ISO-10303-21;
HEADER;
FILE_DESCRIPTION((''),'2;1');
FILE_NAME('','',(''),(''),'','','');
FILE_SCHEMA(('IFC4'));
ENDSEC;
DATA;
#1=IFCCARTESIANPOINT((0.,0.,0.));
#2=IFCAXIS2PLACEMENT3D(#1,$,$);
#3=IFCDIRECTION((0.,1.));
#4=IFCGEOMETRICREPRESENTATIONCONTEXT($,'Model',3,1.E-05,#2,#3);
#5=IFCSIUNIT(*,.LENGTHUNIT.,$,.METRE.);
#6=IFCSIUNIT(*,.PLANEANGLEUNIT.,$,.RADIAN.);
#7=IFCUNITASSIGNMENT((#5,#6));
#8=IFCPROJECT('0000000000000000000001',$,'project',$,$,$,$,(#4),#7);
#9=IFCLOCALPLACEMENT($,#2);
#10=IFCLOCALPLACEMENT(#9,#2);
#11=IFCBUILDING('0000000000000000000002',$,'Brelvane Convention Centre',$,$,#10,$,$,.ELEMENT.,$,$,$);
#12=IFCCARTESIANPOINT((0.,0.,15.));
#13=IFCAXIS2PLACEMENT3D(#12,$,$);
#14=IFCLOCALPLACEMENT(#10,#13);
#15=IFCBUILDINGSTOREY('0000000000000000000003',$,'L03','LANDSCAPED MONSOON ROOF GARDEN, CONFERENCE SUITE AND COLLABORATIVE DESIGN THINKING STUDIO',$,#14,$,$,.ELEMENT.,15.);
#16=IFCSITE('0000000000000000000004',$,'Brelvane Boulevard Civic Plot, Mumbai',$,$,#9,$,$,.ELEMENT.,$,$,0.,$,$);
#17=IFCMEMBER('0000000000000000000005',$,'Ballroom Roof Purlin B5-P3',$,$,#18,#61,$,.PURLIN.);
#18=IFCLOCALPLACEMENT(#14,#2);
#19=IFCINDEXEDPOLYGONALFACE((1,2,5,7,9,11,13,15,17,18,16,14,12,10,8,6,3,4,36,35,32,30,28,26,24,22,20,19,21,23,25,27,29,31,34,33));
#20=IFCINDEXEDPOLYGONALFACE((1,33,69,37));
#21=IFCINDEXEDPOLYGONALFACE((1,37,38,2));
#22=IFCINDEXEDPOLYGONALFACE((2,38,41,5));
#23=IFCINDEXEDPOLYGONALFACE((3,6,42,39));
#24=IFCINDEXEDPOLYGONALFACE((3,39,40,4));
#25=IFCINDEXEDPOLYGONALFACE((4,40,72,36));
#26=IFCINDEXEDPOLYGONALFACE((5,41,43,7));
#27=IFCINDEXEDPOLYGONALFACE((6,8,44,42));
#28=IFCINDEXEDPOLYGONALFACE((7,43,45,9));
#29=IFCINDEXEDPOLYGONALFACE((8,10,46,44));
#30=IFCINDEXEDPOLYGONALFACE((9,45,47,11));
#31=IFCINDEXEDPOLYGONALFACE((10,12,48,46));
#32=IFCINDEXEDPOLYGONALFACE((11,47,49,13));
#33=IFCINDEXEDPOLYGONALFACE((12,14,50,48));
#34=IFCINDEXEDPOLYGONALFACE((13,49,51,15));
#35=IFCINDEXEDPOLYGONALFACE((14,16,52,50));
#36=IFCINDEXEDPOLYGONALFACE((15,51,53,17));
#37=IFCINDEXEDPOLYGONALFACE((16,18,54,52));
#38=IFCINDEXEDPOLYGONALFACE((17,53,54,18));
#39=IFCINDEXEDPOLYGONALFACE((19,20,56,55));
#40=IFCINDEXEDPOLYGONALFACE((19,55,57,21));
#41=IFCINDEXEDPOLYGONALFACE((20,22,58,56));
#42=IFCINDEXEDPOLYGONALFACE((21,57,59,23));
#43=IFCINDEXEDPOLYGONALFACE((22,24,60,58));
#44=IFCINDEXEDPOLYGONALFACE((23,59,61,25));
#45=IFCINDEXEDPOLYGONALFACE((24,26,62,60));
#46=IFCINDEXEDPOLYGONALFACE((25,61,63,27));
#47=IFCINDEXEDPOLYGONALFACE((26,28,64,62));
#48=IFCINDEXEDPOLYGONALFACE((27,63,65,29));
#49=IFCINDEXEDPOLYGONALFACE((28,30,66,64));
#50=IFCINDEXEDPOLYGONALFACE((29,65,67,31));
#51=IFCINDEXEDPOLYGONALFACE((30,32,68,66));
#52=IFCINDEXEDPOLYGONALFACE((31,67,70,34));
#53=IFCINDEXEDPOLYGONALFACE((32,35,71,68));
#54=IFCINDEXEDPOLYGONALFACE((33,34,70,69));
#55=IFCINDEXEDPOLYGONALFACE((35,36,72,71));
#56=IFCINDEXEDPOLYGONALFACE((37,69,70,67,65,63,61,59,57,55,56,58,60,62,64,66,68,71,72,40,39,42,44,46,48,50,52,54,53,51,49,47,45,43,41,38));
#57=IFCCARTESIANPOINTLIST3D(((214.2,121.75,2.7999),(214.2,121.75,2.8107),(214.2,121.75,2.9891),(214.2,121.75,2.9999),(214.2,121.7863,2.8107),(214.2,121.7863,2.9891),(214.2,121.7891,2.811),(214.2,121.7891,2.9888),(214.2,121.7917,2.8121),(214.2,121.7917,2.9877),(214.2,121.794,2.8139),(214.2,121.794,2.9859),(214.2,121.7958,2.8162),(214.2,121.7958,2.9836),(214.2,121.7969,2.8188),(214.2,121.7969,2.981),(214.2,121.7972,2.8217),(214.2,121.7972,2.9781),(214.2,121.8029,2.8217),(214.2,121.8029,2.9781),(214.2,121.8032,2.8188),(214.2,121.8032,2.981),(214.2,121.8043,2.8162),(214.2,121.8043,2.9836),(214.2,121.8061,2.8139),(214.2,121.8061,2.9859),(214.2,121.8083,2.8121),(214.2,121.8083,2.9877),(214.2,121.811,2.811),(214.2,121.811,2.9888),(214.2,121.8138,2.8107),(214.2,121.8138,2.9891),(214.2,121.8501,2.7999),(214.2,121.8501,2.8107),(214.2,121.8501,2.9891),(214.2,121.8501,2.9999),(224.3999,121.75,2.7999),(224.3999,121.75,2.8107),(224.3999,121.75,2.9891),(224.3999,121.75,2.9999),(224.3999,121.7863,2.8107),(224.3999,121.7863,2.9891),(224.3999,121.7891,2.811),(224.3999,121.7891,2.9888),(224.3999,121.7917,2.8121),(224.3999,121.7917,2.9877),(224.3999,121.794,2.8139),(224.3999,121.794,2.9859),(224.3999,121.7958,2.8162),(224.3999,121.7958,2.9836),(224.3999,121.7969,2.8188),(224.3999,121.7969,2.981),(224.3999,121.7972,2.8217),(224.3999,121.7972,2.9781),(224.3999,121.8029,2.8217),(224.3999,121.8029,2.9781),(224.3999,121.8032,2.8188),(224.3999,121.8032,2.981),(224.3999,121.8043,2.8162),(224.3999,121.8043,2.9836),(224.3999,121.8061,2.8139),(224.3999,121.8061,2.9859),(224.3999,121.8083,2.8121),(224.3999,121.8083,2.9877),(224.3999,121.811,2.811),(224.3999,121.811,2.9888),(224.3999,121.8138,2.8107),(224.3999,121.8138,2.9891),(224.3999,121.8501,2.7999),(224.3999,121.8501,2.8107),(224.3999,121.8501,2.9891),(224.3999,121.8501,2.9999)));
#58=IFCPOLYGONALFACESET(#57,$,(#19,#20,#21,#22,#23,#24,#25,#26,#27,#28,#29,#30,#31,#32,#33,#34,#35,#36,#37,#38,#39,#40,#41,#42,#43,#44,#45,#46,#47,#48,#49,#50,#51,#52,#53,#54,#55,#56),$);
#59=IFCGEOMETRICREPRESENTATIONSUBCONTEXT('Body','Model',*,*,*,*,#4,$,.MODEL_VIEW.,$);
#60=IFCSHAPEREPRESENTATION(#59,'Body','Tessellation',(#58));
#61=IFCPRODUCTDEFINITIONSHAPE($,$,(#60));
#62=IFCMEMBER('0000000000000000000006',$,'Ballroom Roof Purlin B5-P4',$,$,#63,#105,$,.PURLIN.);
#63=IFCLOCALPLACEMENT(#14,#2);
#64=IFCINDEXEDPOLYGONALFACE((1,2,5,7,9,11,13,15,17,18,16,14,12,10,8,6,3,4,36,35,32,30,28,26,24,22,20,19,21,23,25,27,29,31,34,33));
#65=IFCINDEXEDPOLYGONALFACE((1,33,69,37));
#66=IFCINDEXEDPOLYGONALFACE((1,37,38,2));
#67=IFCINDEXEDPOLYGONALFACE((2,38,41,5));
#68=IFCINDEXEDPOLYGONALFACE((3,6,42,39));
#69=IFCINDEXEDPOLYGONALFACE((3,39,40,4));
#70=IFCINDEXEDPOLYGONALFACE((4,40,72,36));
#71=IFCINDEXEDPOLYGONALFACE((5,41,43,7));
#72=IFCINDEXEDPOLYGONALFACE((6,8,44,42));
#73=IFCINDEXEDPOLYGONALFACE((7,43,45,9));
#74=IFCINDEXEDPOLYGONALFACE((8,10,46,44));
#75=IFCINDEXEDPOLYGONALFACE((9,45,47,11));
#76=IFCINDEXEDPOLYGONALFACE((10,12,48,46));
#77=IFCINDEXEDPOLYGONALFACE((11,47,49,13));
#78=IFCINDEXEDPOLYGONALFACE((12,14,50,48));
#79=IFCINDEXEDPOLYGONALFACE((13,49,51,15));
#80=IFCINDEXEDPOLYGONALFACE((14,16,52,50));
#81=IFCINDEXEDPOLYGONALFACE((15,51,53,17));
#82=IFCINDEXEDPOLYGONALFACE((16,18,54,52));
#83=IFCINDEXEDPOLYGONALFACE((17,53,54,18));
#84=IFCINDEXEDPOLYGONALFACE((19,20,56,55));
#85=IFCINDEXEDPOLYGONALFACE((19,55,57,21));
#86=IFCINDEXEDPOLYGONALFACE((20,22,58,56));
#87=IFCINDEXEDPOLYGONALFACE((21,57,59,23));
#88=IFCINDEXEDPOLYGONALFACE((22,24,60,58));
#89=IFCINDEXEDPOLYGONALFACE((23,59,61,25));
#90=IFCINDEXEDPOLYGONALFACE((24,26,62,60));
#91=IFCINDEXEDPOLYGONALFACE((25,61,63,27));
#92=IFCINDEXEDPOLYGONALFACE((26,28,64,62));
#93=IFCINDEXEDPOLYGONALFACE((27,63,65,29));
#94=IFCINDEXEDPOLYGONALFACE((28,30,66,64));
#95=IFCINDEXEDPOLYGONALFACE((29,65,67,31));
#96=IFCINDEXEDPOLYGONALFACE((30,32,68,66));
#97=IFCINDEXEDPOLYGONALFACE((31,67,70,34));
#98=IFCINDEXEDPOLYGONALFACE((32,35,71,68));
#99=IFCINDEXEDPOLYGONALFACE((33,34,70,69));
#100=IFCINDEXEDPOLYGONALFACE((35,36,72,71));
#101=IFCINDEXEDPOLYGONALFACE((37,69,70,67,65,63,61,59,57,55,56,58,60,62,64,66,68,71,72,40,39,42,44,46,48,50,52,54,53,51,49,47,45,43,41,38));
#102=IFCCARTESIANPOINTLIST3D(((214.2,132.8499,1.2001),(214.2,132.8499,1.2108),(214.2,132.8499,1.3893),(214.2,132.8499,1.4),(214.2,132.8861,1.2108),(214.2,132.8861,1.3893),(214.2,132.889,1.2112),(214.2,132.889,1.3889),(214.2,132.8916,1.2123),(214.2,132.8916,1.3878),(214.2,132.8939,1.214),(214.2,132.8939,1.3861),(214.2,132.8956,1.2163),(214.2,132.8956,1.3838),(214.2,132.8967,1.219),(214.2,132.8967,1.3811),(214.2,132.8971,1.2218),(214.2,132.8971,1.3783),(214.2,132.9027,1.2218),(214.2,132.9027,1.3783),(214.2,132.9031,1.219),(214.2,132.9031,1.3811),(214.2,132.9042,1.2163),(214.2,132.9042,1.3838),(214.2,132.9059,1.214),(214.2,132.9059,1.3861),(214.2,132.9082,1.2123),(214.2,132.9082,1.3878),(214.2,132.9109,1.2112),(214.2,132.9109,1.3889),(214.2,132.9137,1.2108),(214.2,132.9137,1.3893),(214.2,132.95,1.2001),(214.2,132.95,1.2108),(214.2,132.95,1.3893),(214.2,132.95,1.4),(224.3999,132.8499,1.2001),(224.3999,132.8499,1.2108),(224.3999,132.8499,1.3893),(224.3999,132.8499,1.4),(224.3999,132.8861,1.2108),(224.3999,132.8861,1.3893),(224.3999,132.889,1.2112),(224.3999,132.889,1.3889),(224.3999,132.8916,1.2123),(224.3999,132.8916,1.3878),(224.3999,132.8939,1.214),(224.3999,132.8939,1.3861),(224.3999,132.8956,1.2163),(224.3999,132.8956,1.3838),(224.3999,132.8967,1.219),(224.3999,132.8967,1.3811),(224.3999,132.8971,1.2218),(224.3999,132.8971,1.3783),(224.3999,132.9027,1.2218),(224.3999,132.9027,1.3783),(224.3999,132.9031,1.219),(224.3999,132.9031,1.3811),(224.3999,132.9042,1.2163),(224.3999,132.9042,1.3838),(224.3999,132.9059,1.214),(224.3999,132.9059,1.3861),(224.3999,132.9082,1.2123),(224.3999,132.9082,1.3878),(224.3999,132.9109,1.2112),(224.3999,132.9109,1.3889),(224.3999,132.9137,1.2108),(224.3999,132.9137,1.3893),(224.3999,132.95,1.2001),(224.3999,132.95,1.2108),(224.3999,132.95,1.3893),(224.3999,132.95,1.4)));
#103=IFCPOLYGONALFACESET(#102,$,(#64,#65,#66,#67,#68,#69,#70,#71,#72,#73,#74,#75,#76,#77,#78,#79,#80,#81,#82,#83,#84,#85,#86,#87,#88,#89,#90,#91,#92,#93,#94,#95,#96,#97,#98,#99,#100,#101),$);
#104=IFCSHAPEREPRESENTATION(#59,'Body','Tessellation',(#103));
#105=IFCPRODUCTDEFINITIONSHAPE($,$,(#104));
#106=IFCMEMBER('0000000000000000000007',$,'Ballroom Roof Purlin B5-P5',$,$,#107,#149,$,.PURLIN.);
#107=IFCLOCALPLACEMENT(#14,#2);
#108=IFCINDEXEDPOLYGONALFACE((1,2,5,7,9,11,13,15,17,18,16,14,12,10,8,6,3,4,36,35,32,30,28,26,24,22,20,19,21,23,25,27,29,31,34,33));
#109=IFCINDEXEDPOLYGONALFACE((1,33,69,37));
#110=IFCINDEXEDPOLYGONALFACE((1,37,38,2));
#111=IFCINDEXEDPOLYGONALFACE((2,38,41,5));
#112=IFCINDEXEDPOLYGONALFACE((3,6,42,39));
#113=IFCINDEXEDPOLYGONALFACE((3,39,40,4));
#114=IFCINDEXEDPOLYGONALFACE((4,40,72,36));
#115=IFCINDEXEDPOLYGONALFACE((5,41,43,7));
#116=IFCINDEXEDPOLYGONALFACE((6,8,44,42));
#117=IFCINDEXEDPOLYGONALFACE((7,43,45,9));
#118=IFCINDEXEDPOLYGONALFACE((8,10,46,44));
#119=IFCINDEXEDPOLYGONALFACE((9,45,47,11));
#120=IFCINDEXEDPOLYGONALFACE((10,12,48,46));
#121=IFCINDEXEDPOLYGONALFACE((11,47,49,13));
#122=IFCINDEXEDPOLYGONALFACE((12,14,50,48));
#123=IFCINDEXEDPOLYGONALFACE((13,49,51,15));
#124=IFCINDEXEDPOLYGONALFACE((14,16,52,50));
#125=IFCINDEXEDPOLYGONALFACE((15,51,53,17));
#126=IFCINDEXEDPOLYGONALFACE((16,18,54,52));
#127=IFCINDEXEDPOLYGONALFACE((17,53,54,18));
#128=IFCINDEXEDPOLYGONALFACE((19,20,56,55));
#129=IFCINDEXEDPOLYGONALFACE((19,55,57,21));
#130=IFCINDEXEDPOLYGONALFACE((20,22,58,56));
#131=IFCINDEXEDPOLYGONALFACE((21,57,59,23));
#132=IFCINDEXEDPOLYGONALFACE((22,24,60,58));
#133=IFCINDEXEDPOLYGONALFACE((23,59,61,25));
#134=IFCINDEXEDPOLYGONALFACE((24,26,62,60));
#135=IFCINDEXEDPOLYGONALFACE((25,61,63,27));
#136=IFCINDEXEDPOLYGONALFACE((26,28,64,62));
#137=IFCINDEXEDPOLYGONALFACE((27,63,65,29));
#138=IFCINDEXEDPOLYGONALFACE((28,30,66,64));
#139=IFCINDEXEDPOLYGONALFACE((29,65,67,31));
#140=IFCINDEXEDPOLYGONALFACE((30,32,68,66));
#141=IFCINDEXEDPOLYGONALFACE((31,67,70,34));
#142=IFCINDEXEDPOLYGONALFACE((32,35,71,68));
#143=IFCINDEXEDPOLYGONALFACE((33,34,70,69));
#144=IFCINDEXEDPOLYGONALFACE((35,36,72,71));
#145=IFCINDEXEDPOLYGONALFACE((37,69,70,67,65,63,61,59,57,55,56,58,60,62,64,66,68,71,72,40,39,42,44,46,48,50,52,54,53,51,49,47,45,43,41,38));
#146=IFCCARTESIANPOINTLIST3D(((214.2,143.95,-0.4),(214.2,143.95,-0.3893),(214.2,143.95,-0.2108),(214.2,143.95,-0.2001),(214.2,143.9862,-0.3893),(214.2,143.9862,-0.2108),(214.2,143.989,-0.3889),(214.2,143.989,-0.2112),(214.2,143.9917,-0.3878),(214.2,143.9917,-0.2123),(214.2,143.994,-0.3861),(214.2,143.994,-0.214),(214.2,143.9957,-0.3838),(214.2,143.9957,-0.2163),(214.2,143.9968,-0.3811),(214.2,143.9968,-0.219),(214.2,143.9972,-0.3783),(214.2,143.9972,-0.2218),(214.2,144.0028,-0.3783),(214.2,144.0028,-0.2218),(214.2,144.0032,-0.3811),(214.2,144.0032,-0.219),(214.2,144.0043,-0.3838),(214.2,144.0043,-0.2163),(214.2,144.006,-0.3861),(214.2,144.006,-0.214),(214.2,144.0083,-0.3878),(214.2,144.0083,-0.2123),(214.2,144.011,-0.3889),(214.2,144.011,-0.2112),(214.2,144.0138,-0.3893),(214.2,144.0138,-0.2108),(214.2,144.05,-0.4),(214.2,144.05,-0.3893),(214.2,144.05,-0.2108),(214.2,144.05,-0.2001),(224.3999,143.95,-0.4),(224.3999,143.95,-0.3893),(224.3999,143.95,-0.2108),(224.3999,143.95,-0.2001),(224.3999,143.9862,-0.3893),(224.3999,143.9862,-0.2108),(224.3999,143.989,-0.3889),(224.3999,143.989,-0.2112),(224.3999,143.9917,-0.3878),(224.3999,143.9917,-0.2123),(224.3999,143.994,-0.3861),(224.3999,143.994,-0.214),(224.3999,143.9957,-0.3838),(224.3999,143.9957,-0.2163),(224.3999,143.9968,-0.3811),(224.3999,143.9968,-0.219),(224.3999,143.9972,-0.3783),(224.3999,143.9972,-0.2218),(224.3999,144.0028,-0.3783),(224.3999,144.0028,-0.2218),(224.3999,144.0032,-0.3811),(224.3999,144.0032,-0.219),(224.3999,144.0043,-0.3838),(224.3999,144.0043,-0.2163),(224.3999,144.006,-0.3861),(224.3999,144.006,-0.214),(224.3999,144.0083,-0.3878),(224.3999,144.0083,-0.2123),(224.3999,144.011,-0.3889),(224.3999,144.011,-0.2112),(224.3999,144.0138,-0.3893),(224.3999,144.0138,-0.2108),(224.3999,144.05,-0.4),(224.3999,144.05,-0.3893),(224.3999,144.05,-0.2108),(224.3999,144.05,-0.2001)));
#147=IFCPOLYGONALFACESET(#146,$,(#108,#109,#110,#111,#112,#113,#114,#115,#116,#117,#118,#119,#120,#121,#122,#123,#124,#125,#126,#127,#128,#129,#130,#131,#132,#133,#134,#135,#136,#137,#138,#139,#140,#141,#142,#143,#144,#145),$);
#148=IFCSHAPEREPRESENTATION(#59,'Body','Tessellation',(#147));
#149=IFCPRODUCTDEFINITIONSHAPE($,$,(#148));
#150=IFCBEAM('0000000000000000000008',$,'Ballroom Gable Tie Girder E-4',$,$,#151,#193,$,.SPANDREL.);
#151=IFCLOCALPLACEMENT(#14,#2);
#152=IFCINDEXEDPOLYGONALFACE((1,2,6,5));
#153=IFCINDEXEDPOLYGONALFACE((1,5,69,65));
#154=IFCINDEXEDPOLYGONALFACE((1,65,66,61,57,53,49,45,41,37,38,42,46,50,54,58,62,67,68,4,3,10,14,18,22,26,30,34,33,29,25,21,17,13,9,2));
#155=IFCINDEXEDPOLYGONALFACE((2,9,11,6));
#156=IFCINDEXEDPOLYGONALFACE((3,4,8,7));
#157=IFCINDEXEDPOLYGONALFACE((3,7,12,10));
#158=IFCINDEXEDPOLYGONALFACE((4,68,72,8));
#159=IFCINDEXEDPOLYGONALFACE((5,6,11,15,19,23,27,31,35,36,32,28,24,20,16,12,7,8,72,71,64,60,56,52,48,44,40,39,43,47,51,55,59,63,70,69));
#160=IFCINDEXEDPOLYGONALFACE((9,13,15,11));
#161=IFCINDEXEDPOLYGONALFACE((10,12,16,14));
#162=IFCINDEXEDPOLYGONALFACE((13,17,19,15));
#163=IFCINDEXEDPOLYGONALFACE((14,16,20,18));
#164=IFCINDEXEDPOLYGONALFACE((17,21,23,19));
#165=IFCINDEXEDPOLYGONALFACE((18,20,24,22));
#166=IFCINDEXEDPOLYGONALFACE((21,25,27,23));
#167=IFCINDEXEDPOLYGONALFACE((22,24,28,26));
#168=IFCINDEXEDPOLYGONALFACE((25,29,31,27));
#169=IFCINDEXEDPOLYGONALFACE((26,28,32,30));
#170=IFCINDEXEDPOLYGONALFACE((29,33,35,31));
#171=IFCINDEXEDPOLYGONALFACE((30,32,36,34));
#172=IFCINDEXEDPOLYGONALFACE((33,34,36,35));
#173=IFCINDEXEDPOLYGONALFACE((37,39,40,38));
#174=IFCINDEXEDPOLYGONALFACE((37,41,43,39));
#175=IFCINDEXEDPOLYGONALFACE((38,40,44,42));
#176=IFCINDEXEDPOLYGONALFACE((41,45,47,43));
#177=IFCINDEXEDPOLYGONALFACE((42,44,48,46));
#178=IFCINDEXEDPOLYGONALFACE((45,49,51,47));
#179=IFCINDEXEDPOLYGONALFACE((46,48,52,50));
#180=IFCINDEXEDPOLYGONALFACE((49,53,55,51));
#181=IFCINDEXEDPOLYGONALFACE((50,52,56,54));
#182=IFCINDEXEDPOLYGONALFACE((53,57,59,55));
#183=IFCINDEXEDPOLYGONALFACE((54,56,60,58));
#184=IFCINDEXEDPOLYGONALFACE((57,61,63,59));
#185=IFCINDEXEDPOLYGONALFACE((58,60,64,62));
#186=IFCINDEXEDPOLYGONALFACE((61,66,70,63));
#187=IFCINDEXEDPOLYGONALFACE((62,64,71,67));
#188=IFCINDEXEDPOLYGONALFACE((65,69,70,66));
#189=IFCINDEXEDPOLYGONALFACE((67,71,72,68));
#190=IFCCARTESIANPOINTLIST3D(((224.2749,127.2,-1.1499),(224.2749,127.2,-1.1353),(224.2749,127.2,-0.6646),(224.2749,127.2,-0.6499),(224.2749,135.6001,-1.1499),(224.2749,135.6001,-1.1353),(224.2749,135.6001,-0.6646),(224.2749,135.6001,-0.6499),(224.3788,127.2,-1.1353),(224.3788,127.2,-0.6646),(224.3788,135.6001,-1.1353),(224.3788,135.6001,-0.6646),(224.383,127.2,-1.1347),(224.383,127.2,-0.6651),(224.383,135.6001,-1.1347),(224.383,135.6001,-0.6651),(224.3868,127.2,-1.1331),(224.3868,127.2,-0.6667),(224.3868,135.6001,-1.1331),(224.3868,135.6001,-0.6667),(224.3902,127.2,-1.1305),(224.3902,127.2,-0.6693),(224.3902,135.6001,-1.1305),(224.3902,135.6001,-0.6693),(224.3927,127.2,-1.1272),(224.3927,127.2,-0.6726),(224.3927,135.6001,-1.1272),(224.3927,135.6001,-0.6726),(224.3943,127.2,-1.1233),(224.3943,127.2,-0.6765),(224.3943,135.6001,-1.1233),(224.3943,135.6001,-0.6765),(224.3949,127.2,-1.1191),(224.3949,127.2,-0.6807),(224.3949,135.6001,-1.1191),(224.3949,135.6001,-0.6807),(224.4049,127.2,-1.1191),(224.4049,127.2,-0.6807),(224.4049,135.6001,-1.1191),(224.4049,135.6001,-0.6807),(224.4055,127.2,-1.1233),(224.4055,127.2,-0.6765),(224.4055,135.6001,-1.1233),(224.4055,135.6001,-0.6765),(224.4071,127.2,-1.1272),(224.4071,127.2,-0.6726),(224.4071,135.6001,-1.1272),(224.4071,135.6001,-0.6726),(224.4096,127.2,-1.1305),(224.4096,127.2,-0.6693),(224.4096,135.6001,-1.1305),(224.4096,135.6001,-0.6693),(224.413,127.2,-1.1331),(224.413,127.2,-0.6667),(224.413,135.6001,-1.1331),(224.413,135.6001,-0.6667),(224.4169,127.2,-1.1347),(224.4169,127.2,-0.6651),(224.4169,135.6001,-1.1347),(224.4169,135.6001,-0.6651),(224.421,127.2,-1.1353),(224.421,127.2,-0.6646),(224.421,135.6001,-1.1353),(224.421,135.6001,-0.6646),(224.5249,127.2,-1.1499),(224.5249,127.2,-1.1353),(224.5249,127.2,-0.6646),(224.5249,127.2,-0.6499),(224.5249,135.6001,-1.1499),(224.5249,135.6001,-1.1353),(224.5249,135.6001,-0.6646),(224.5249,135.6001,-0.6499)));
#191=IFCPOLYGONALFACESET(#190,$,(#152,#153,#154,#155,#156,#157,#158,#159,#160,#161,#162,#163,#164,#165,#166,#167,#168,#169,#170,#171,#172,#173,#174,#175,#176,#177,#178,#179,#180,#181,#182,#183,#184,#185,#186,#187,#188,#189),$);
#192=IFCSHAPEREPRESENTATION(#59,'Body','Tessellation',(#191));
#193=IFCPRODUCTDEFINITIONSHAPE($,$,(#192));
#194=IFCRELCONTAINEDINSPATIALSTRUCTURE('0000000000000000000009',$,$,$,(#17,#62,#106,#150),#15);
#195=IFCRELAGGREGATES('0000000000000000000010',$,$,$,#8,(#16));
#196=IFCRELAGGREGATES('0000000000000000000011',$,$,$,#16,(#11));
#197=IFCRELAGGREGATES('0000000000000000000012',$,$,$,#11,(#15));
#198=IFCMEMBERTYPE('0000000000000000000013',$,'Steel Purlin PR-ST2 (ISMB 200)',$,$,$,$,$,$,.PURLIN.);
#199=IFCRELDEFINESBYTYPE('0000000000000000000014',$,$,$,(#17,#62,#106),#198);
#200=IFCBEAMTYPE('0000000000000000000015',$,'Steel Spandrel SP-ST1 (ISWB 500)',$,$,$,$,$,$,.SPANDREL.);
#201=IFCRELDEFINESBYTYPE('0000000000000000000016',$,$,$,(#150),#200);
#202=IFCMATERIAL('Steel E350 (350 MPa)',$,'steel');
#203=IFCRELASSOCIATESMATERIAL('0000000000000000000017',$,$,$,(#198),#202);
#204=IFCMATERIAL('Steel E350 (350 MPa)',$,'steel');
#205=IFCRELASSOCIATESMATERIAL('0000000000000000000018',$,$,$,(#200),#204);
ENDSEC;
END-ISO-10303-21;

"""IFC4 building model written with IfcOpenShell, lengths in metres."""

from ifc_helpers import new_model, si_unit, direction, frame, origin, origin_2d, place, context, subcontext, project, spatial, i_section, extrude, material, material_profile, profile_set, type_object, element, save


model = new_model("IFC4")

# Units and contexts
model_context = context("Model", 3, precision=1e-05, world=origin(), true_north=direction((0.0, 1.0)))
body_context = subcontext(model_context, "Body", "Model", "MODEL_VIEW")
ifc_project = project(units=[si_unit("LENGTHUNIT", "METRE"), si_unit("PLANEANGLEUNIT", "RADIAN")], contexts=[model_context])

# Site, building, storey
site_placement = place(None, origin())
site = spatial("IfcSite", under=ifc_project, at=site_placement, Name="Brelvane Boulevard Civic Plot, Mumbai", CompositionType="ELEMENT", RefElevation=0.0)
building_placement = place(site_placement, origin())
building = spatial("IfcBuilding", under=site, at=building_placement, Name="Brelvane Convention Centre", CompositionType="ELEMENT")
storey_placement = place(building_placement, frame((0.0, 0.0, 15.0)))
storey = spatial("IfcBuildingStorey", under=building, at=storey_placement, Name="L03", Description="LANDSCAPED MONSOON ROOF GARDEN, CONFERENCE SUITE AND COLLABORATIVE DESIGN THINKING STUDIO", CompositionType="ELEMENT", Elevation=15.0)

# Members
ifc_material_1 = material(Name="Steel E350 (350 MPa)", Category="steel")
ifc_material_profile_1 = material_profile(ifc_material_1, i_section(OverallWidth=0.1001, OverallDepth=0.2, WebThickness=0.0056, FlangeThickness=0.0107, FilletRadius=0.011, at=origin_2d()), Name="ISMB 200")
ifc_profile_set_1 = profile_set([ifc_material_profile_1], Name="Steel E350 (350 MPa)")
member_type_1 = type_object("IfcMemberType", Name="Steel Purlin PR-ST2 (ISMB 200)", PredefinedType="PURLIN", material=ifc_profile_set_1)
for number, where, z_axis, x_axis, name in (
    (1, (214.2, 121.8, 2.8999), (1.0, 0.0, 0.0), (0.0, 1.0, 0.0), "Ballroom Roof Purlin B5-P3"),
    (2, (214.2, 132.8999, 1.3), (1.0, 0.0, 0.0), (0.0, 1.0, 0.0), "Ballroom Roof Purlin B5-P4"),
    (3, (214.2, 144.0, -0.3), (1.0, 0.0, 0.0), (0.0, 1.0, 0.0), "Ballroom Roof Purlin B5-P5"),
):
    element("IfcMember", number, at=place(storey_placement, frame(where, z_axis=z_axis, x_axis=x_axis)), inside=storey, type_object=member_type_1, Name=name, PredefinedType="PURLIN", context=body_context, shape_type="SweptSolid", body=[
        extrude(i_section(OverallWidth=0.1001, OverallDepth=0.2, WebThickness=0.0056, FlangeThickness=0.0107, FilletRadius=0.011, at=origin_2d()), origin(), (0.0, 0.0, 1.0), 10.2),
    ])

# Beam
ifc_material_2 = material(Name="Steel E350 (350 MPa)", Category="steel")
ifc_material_profile_2 = material_profile(ifc_material_2, i_section(OverallWidth=0.25, OverallDepth=0.5, WebThickness=0.01, FlangeThickness=0.0146, FilletRadius=0.0161, at=origin_2d()), Name="ISWB 500")
ifc_profile_set_2 = profile_set([ifc_material_profile_2], Name="Steel E350 (350 MPa)")
beam_type = type_object("IfcBeamType", Name="Steel Spandrel SP-ST1 (ISWB 500)", PredefinedType="SPANDREL", material=ifc_profile_set_2)
beam_1_placement = place(storey_placement, frame((224.3999, 127.2, -0.8999), z_axis=(0.0, 1.0, 0.0), x_axis=(-1.0, 0.0, 0.0)))
element("IfcBeam", 4, at=beam_1_placement, inside=storey, type_object=beam_type, Name="Ballroom Gable Tie Girder E-4", PredefinedType="SPANDREL", context=body_context, shape_type="SweptSolid", body=[
    extrude(i_section(OverallWidth=0.25, OverallDepth=0.5, WebThickness=0.01, FlangeThickness=0.0146, FilletRadius=0.0161, at=origin_2d()), origin(), (0.0, 0.0, 1.0), 8.4001),
])

save(model, "model.ifc")
